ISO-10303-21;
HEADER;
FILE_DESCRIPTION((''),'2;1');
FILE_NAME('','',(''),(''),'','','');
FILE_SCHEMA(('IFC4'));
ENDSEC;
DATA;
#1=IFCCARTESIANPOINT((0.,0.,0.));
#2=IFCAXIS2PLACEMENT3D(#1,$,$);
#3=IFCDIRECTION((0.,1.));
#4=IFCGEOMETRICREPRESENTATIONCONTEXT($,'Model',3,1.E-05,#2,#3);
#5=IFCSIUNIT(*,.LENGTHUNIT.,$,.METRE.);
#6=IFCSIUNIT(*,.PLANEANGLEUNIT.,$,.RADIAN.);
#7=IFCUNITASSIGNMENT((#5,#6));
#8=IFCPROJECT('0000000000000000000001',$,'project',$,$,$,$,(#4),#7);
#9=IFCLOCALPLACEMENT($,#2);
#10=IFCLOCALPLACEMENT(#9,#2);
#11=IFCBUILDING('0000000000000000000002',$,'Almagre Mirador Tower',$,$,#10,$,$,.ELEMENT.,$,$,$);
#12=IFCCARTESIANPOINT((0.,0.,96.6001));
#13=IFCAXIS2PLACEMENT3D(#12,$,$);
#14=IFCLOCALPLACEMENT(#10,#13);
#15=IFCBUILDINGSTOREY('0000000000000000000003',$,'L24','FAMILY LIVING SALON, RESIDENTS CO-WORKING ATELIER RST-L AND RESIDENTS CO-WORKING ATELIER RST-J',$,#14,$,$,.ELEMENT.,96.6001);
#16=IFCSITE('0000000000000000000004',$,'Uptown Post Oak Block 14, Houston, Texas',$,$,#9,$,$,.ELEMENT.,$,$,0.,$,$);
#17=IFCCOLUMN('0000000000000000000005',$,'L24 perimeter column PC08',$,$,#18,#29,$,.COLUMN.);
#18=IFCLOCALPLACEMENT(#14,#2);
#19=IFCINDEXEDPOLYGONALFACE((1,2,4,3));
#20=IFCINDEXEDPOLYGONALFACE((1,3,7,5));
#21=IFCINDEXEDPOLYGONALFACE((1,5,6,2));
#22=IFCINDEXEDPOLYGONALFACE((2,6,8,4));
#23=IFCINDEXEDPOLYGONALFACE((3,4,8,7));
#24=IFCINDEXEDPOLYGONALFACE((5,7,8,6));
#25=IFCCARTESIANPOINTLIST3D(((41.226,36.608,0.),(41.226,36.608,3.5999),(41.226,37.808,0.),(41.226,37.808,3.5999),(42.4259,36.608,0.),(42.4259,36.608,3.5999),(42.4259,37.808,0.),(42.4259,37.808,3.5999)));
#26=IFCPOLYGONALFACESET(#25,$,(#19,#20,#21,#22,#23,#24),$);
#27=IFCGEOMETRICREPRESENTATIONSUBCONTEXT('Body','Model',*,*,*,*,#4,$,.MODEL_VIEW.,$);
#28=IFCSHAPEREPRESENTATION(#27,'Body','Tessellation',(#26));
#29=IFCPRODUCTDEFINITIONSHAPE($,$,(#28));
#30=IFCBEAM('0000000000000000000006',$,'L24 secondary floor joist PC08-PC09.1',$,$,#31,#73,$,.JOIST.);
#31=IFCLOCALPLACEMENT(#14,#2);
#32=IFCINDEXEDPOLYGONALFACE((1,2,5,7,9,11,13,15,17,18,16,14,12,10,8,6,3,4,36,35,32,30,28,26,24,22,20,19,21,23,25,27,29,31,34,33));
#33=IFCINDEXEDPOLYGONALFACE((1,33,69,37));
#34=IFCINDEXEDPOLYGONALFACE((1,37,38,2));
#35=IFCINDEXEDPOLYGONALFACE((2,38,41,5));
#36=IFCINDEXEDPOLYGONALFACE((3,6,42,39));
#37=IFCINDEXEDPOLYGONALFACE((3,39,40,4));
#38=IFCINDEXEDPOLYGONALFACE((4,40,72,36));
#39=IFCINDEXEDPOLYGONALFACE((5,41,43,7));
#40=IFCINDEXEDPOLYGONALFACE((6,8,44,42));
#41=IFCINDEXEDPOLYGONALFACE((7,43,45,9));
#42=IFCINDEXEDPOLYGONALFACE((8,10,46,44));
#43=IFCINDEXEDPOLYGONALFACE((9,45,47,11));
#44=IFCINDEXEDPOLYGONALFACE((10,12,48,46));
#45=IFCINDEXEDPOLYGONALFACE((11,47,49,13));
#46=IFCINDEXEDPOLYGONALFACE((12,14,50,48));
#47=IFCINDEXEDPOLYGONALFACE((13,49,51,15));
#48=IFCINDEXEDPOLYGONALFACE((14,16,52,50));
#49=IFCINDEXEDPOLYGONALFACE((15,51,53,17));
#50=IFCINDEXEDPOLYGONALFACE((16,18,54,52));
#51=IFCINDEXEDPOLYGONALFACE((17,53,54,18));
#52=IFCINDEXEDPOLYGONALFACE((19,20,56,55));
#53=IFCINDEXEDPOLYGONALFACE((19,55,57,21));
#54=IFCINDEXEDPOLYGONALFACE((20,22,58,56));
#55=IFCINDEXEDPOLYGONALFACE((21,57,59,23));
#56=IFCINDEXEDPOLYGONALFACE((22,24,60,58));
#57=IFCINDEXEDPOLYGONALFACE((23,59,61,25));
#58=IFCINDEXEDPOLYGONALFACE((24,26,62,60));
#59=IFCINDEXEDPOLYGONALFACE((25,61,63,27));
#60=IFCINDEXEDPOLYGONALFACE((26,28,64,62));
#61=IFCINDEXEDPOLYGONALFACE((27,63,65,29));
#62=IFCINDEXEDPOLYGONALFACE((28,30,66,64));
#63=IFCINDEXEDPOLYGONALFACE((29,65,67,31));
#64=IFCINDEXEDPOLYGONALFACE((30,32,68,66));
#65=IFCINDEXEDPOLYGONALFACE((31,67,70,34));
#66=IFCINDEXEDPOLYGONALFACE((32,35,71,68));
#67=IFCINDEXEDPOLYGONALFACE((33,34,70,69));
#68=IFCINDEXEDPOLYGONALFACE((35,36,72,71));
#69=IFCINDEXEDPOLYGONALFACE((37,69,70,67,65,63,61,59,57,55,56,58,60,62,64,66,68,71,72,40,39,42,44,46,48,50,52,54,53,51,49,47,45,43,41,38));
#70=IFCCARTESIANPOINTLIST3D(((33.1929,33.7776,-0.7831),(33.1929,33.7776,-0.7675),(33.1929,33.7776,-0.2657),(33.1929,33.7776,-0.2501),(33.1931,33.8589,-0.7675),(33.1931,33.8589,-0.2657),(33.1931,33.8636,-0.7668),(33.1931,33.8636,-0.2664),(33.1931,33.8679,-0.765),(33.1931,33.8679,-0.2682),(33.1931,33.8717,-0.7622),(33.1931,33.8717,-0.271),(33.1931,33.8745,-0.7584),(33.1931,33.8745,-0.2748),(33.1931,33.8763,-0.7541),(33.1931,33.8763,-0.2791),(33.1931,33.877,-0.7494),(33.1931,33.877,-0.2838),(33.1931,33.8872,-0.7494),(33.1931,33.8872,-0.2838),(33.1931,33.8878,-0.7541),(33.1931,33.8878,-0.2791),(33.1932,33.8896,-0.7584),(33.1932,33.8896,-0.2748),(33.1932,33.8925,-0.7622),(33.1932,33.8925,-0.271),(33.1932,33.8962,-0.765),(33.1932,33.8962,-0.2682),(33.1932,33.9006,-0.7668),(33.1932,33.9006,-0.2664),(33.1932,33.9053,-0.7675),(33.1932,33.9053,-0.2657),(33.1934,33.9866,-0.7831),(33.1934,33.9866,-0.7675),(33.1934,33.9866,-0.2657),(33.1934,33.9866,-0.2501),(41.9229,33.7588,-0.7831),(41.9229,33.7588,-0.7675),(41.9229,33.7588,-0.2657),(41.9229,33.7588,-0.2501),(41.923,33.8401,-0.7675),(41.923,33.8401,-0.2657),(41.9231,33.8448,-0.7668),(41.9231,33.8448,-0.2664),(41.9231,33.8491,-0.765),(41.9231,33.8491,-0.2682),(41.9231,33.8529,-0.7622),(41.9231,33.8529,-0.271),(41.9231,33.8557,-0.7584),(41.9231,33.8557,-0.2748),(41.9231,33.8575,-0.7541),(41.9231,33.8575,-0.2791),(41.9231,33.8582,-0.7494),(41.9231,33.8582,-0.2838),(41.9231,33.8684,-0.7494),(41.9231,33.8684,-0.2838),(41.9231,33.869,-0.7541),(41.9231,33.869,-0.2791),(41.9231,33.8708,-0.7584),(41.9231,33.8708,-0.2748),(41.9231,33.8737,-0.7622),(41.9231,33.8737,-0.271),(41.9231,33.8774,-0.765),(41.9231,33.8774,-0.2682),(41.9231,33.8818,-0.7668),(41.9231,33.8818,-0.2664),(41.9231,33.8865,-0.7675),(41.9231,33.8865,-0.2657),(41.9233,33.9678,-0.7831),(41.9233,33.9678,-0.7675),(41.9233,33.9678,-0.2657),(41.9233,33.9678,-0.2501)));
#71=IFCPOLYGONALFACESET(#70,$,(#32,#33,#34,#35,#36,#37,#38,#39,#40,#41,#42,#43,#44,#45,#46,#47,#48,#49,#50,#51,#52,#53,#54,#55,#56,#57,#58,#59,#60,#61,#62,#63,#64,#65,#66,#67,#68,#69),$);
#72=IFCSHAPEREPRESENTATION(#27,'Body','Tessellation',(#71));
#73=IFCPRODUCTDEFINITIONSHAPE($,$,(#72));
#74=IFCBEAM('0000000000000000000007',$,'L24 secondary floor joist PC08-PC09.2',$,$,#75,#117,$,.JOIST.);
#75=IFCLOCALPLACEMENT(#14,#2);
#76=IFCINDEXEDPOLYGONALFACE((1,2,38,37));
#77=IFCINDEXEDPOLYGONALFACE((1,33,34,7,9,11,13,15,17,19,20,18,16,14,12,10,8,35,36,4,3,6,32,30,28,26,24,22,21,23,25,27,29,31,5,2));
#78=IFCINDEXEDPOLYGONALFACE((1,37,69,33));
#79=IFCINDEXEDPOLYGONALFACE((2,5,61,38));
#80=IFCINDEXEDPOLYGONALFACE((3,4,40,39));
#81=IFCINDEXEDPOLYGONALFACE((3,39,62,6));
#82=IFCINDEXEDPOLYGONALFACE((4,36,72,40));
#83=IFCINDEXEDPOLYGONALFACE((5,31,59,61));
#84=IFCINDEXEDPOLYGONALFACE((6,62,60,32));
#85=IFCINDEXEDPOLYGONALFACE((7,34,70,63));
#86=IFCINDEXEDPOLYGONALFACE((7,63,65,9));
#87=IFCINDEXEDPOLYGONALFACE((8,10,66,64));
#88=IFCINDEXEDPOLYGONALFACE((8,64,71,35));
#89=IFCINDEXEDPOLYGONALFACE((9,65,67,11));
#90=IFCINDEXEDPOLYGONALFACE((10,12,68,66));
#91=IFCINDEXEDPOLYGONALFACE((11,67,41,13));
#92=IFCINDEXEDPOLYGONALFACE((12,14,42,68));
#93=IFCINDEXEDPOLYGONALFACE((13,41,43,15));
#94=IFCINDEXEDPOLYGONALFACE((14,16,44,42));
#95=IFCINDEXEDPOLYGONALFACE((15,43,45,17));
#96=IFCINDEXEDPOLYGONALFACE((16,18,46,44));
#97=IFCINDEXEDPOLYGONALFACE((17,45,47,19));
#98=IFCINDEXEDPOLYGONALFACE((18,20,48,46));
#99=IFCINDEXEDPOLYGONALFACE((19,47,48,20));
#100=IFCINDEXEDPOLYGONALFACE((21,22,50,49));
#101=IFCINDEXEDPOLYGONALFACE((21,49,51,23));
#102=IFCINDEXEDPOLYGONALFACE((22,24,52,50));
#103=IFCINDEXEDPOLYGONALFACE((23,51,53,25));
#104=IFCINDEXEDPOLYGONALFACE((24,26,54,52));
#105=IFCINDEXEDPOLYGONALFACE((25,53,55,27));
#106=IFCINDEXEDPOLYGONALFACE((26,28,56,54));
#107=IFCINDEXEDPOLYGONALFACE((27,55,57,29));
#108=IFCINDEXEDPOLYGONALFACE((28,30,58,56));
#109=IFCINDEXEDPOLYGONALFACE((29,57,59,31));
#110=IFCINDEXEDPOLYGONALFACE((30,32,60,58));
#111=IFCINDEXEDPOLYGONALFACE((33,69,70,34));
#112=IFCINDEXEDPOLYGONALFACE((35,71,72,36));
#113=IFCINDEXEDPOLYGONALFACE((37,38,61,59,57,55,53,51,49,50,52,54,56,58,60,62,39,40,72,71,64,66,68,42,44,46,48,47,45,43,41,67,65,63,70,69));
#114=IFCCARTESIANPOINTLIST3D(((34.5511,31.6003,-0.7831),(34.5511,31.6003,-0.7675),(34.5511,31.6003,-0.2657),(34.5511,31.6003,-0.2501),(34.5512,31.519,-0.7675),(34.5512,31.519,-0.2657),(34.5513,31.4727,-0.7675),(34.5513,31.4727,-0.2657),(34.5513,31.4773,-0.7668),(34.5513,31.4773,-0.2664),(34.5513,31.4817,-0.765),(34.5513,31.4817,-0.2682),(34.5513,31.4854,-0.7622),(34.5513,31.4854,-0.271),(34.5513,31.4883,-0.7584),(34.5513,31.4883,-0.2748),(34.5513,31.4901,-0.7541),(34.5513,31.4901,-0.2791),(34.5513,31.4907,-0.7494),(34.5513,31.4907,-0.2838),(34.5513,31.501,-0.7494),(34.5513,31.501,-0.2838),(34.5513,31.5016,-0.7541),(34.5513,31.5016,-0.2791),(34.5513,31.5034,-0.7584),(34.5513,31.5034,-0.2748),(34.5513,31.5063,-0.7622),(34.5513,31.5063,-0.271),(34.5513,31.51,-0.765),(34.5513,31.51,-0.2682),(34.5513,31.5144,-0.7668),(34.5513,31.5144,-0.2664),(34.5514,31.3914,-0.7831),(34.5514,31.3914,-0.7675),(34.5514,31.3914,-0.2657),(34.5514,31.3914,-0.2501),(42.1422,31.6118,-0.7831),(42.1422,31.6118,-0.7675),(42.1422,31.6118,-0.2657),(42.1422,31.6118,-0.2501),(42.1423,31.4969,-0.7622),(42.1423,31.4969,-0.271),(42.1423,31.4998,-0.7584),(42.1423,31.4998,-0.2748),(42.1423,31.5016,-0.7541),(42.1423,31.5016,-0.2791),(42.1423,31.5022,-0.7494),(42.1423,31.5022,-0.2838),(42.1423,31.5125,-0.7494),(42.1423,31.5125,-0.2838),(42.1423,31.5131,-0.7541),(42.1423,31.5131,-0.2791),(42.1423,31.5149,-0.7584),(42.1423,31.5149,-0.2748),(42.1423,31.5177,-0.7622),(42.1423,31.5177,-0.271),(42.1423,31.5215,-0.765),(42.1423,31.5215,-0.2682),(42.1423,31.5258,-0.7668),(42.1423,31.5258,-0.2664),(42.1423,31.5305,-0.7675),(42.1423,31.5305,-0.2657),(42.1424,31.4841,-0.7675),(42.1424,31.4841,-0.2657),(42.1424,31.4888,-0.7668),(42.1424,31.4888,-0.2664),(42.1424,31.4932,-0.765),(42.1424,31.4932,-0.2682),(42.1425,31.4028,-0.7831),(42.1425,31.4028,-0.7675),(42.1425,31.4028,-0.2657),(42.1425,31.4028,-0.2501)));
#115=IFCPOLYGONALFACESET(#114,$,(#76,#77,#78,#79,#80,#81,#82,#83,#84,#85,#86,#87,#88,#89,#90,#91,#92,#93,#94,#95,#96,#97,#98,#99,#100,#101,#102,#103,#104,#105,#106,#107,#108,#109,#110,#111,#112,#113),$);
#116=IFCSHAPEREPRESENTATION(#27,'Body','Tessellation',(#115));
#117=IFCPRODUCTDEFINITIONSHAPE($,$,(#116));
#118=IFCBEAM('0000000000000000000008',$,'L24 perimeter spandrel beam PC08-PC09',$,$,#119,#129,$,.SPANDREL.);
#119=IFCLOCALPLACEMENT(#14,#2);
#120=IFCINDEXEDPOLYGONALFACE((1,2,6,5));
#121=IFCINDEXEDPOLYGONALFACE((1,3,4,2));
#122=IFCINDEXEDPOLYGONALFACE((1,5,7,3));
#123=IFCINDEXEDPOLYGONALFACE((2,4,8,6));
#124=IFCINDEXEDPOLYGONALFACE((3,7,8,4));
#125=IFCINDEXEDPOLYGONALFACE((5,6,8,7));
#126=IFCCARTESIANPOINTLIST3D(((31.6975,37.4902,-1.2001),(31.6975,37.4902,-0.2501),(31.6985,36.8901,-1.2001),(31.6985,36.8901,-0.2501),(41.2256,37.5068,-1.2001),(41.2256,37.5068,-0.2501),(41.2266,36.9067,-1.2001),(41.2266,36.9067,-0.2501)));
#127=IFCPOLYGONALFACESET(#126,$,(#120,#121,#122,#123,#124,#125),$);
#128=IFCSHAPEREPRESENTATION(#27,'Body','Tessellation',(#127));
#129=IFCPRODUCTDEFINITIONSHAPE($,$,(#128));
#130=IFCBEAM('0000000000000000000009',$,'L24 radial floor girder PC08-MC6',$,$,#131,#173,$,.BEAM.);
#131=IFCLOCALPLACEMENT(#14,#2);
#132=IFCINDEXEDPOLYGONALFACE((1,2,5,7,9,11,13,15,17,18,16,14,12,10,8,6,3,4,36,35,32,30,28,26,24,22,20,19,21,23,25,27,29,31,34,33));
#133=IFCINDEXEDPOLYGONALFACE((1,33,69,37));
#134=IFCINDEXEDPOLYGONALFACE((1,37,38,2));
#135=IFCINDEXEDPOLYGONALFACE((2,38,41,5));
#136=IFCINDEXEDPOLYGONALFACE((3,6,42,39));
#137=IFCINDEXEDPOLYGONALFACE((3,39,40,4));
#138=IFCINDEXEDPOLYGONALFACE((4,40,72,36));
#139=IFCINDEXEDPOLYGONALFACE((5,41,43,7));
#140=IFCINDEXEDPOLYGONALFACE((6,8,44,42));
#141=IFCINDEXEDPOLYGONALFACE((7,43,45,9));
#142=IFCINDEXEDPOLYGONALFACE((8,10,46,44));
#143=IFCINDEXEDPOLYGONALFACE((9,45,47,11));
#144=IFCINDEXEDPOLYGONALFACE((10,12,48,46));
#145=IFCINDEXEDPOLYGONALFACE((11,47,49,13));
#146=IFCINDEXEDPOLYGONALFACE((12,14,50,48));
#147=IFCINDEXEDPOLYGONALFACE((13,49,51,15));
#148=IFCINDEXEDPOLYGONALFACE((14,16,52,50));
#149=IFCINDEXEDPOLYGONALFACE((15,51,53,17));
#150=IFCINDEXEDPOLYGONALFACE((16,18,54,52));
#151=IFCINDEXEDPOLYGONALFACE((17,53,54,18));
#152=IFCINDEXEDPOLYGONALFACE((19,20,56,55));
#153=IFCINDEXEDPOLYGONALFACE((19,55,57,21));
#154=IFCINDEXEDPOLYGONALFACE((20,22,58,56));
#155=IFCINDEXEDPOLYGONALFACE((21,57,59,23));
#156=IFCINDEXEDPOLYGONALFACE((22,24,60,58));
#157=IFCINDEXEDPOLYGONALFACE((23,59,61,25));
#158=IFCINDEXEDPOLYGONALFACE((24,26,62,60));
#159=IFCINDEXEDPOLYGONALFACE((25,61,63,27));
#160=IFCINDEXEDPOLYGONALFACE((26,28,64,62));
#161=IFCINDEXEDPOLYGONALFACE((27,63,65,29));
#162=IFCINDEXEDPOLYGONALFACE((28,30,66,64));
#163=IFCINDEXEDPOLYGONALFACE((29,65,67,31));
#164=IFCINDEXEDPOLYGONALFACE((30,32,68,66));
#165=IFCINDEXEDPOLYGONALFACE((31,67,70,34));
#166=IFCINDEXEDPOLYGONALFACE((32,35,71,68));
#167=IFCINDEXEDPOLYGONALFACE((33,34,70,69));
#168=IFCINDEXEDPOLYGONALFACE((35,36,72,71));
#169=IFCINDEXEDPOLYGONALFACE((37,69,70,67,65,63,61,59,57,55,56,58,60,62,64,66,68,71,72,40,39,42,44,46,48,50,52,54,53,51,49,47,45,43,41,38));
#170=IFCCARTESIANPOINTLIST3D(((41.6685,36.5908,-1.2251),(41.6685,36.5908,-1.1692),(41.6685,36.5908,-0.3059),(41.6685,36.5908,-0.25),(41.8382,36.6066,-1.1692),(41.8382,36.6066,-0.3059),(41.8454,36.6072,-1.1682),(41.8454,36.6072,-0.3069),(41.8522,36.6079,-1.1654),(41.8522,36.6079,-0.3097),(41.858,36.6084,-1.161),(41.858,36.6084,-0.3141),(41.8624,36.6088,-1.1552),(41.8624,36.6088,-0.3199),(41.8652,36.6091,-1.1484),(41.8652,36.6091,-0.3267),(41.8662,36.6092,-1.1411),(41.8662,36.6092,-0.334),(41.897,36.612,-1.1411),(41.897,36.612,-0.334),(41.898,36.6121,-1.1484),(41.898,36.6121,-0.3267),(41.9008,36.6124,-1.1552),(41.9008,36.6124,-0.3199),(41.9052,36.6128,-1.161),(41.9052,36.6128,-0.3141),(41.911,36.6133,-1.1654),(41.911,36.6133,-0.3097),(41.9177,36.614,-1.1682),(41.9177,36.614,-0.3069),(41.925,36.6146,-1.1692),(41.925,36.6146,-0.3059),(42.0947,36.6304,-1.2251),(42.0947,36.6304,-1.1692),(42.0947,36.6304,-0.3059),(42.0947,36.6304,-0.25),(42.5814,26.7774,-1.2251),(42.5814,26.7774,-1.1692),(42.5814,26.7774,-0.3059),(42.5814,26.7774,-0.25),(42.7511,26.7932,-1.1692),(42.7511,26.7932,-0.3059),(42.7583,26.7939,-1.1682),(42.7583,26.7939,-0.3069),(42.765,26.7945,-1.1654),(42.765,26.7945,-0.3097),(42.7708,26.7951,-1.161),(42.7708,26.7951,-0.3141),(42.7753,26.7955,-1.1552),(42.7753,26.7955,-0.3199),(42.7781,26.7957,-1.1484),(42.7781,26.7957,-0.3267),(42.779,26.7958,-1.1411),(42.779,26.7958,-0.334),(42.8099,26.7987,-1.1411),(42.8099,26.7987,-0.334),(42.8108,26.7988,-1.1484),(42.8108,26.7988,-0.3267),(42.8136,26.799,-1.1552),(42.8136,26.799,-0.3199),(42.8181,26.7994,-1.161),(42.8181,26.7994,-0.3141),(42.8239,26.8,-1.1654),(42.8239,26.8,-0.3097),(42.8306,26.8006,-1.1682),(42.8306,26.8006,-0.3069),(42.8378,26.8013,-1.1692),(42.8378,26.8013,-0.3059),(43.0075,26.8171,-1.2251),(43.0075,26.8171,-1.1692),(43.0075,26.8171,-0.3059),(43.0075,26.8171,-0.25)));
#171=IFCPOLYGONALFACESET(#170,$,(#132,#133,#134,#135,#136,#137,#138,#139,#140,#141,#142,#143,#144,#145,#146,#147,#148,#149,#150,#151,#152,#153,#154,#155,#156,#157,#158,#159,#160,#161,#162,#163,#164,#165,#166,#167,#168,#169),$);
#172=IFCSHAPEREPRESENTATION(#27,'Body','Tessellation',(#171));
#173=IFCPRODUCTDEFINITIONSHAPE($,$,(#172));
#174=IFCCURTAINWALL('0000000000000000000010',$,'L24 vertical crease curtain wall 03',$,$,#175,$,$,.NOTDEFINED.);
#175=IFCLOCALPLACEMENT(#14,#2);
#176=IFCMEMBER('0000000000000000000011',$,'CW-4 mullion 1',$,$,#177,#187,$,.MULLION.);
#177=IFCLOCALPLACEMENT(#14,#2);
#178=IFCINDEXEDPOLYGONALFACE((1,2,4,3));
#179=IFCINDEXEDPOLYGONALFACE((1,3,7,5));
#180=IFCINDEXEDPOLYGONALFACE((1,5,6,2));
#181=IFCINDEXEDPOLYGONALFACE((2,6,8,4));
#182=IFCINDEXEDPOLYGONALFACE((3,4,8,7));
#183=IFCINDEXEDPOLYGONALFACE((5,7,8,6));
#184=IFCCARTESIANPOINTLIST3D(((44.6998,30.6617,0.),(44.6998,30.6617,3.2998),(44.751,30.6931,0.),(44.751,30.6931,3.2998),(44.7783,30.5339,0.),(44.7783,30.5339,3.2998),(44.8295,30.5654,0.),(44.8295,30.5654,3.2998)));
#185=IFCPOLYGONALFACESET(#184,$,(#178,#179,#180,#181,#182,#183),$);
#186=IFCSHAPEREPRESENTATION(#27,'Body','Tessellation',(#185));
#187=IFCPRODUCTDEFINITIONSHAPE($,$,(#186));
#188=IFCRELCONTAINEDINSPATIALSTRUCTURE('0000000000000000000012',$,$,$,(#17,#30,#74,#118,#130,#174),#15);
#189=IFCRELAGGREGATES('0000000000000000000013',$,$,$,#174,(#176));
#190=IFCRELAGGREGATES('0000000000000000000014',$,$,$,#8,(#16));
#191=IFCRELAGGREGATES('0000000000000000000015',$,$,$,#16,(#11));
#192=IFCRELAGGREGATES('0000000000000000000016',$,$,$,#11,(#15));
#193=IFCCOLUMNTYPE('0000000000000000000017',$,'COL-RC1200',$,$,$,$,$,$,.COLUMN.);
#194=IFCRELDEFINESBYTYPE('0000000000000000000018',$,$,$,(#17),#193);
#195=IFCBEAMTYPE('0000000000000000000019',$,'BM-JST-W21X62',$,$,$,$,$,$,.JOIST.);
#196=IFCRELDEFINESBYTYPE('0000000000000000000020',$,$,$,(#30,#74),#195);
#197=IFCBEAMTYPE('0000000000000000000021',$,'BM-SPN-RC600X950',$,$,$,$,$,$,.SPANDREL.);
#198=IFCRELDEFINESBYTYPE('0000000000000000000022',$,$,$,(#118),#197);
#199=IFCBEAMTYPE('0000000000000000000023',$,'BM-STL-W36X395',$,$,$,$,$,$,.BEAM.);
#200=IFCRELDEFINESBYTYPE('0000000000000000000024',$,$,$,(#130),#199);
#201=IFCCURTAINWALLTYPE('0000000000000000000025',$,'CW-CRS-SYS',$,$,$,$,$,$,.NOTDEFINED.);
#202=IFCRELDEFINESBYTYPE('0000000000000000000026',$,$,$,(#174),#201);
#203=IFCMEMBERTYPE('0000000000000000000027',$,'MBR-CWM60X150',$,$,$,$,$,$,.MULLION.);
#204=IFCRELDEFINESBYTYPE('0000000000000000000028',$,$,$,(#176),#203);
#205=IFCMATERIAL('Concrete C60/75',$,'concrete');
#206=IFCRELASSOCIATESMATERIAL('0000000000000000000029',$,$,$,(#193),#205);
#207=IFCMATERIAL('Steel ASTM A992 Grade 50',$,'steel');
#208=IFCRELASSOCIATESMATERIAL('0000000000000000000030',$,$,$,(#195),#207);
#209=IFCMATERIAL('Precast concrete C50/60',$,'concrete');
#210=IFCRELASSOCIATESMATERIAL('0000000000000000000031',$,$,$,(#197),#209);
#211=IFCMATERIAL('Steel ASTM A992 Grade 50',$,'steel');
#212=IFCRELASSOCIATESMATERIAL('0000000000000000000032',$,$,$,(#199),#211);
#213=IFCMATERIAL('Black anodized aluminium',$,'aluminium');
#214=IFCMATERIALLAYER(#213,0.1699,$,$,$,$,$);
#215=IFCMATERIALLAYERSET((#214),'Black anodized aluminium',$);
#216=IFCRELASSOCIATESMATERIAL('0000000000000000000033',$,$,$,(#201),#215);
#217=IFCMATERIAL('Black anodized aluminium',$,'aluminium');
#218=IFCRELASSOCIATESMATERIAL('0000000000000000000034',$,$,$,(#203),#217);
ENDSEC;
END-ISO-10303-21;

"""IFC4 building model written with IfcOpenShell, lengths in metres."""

from ifc_helpers import new_model, si_unit, direction, frame, origin, origin_2d, place, context, subcontext, project, spatial, rectangle, i_section, extrude, material, layer, layer_set, material_profile, profile_set, type_object, element, aggregate, save


model = new_model("IFC4")

# Units and contexts
model_context = context("Model", 3, precision=1e-05, world=origin(), true_north=direction((0.0, 1.0)))
body_context = subcontext(model_context, "Body", "Model", "MODEL_VIEW")
ifc_project = project(units=[si_unit("LENGTHUNIT", "METRE"), si_unit("PLANEANGLEUNIT", "RADIAN")], contexts=[model_context])

# Site, building, storey
site_placement = place(None, origin())
site = spatial("IfcSite", under=ifc_project, at=site_placement, Name="Uptown Post Oak Block 14, Houston, Texas", CompositionType="ELEMENT", RefElevation=0.0)
building_placement = place(site_placement, origin())
building = spatial("IfcBuilding", under=site, at=building_placement, Name="Almagre Mirador Tower", CompositionType="ELEMENT")
storey_placement = place(building_placement, frame((0.0, 0.0, 96.6001)))
storey = spatial("IfcBuildingStorey", under=building, at=storey_placement, Name="L24", Description="FAMILY LIVING SALON, RESIDENTS CO-WORKING ATELIER RST-L AND RESIDENTS CO-WORKING ATELIER RST-J", CompositionType="ELEMENT", Elevation=96.6001)

# Column
ifc_material_1 = material(Name="Concrete C60/75", Category="concrete")
ifc_material_profile_1 = material_profile(ifc_material_1, rectangle(XDim=1.2, YDim=1.2, at=origin_2d()), Name="RC1200X1200")
ifc_profile_set_1 = profile_set([ifc_material_profile_1], Name="Concrete C60/75")
column_type = type_object("IfcColumnType", Name="COL-RC1200", PredefinedType="COLUMN", material=ifc_profile_set_1)
column_placement = place(storey_placement, frame((41.8259, 37.208, 0.0), z_axis=(0.0, 0.0, 1.0), x_axis=(1.0, 0.0, 0.0)))
element("IfcColumn", 1, at=column_placement, inside=storey, type_object=column_type, Name="L24 perimeter column PC08", PredefinedType="COLUMN", context=body_context, shape_type="SweptSolid", body=[
    extrude(rectangle(XDim=1.2, YDim=1.2, at=origin_2d()), origin(), (0.0, 0.0, 1.0), 3.5999),
])

# Beams
ifc_material_2 = material(Name="Steel ASTM A992 Grade 50", Category="steel")
ifc_material_profile_2 = material_profile(ifc_material_2, i_section(OverallWidth=0.209, OverallDepth=0.533, WebThickness=0.0103, FlangeThickness=0.0156, FilletRadius=0.0181, at=origin_2d()), Name="W21X62")
ifc_profile_set_2 = profile_set([ifc_material_profile_2], Name="Steel ASTM A992 Grade 50")
beam_type_1 = type_object("IfcBeamType", Name="BM-JST-W21X62", PredefinedType="JOIST", material=ifc_profile_set_2)
beam_1_placement = place(storey_placement, frame((41.9231, 33.8633, -0.5166), z_axis=(-0.999998, 0.002153, 0.0), x_axis=(-0.002153, -0.999998, 0.0)))
element("IfcBeam", 2, at=beam_1_placement, inside=storey, type_object=beam_type_1, Name="L24 secondary floor joist PC08-PC09.1", PredefinedType="JOIST", context=body_context, shape_type="SweptSolid", body=[
    extrude(i_section(OverallWidth=0.209, OverallDepth=0.533, WebThickness=0.0103, FlangeThickness=0.0156, FilletRadius=0.0181, at=origin_2d()), origin(), (0.0, 0.0, 1.0), 8.73),
])
beam_2_placement = place(storey_placement, frame((42.1423, 31.5073, -0.5166), z_axis=(-0.999999, -0.001512, 0.0), x_axis=(0.001512, -0.999999, 0.0)))
element("IfcBeam", 3, at=beam_2_placement, inside=storey, type_object=beam_type_1, Name="L24 secondary floor joist PC08-PC09.2", PredefinedType="JOIST", context=body_context, shape_type="SweptSolid", body=[
    extrude(i_section(OverallWidth=0.209, OverallDepth=0.533, WebThickness=0.0103, FlangeThickness=0.0156, FilletRadius=0.0181, at=origin_2d()), origin(), (0.0, 0.0, 1.0), 7.5911),
])
ifc_material_3 = material(Name="Precast concrete C50/60", Category="concrete")
ifc_material_profile_3 = material_profile(ifc_material_3, rectangle(XDim=0.6001, YDim=0.95, at=origin_2d()), Name="RC600X950")
ifc_profile_set_3 = profile_set([ifc_material_profile_3], Name="Precast concrete C50/60")
beam_type_2 = type_object("IfcBeamType", Name="BM-SPN-RC600X950", PredefinedType="SPANDREL", material=ifc_profile_set_3)
beam_3_placement = place(storey_placement, frame((41.2261, 37.2068, -0.7251), z_axis=(-0.999998, -0.001742, 0.0), x_axis=(0.001742, -0.999998, 0.0)))
element("IfcBeam", 4, at=beam_3_placement, inside=storey, type_object=beam_type_2, Name="L24 perimeter spandrel beam PC08-PC09", PredefinedType="SPANDREL", context=body_context, shape_type="SweptSolid", body=[
    extrude(rectangle(XDim=0.6001, YDim=0.95, at=origin_2d()), origin(), (0.0, 0.0, 1.0), 9.5281),
])
ifc_material_4 = material(Name="Steel ASTM A992 Grade 50", Category="steel")
ifc_material_profile_4 = material_profile(ifc_material_4, i_section(OverallWidth=0.428, OverallDepth=0.9751, WebThickness=0.031, FlangeThickness=0.0559, FilletRadius=0.0281, at=origin_2d()), Name="W36X395")
ifc_profile_set_4 = profile_set([ifc_material_profile_4], Name="Steel ASTM A992 Grade 50")
beam_type_3 = type_object("IfcBeamType", Name="BM-STL-W36X395", PredefinedType="BEAM", material=ifc_profile_set_4)
beam_4_placement = place(storey_placement, frame((41.8816, 36.6106, -0.7375), z_axis=(0.092622, -0.995701, 0.0), x_axis=(0.995701, 0.092622, 0.0)))
element("IfcBeam", 5, at=beam_4_placement, inside=storey, type_object=beam_type_3, Name="L24 radial floor girder PC08-MC6", PredefinedType="BEAM", context=body_context, shape_type="SweptSolid", body=[
    extrude(i_section(OverallWidth=0.428, OverallDepth=0.9751, WebThickness=0.031, FlangeThickness=0.0559, FilletRadius=0.0281, at=origin_2d()), origin(), (0.0, 0.0, 1.0), 9.8557),
])

# Curtain wall, member
ifc_material_5 = material(Name="Black anodized aluminium", Category="aluminium")
ifc_layer_1 = layer(ifc_material_5, 0.1699)
ifc_layer_set_1 = layer_set([ifc_layer_1], Name="Black anodized aluminium")
curtain_wall_type = type_object("IfcCurtainWallType", Name="CW-CRS-SYS", PredefinedType="NOTDEFINED", material=ifc_layer_set_1)
curtain_wall_placement = place(storey_placement, origin())
curtain_wall = element("IfcCurtainWall", 6, at=curtain_wall_placement, inside=storey, type_object=curtain_wall_type, Name="L24 vertical crease curtain wall 03", PredefinedType="NOTDEFINED")
ifc_material_6 = material(Name="Black anodized aluminium", Category="aluminium")
ifc_material_profile_5 = material_profile(ifc_material_6, rectangle(XDim=0.0601, YDim=0.1499, at=origin_2d()), Name="CWM60X150")
ifc_profile_set_5 = profile_set([ifc_material_profile_5], Name="Black anodized aluminium")
member_type = type_object("IfcMemberType", Name="MBR-CWM60X150", PredefinedType="MULLION", material=ifc_profile_set_5)
member_placement = place(storey_placement, frame((44.7646, 30.6135, 0.0), z_axis=(0.0, 0.0, 1.0), x_axis=(0.852085, 0.523403, 0.0)))
member = element("IfcMember", 7, at=member_placement, type_object=member_type, Name="CW-4 mullion 1", PredefinedType="MULLION", context=body_context, shape_type="SweptSolid", body=[
    extrude(rectangle(XDim=0.0601, YDim=0.1499, at=origin_2d()), origin(), (0.0, 0.0, 1.0), 3.2998),
])
aggregate(curtain_wall, [member])

save(model, "model.ifc")
